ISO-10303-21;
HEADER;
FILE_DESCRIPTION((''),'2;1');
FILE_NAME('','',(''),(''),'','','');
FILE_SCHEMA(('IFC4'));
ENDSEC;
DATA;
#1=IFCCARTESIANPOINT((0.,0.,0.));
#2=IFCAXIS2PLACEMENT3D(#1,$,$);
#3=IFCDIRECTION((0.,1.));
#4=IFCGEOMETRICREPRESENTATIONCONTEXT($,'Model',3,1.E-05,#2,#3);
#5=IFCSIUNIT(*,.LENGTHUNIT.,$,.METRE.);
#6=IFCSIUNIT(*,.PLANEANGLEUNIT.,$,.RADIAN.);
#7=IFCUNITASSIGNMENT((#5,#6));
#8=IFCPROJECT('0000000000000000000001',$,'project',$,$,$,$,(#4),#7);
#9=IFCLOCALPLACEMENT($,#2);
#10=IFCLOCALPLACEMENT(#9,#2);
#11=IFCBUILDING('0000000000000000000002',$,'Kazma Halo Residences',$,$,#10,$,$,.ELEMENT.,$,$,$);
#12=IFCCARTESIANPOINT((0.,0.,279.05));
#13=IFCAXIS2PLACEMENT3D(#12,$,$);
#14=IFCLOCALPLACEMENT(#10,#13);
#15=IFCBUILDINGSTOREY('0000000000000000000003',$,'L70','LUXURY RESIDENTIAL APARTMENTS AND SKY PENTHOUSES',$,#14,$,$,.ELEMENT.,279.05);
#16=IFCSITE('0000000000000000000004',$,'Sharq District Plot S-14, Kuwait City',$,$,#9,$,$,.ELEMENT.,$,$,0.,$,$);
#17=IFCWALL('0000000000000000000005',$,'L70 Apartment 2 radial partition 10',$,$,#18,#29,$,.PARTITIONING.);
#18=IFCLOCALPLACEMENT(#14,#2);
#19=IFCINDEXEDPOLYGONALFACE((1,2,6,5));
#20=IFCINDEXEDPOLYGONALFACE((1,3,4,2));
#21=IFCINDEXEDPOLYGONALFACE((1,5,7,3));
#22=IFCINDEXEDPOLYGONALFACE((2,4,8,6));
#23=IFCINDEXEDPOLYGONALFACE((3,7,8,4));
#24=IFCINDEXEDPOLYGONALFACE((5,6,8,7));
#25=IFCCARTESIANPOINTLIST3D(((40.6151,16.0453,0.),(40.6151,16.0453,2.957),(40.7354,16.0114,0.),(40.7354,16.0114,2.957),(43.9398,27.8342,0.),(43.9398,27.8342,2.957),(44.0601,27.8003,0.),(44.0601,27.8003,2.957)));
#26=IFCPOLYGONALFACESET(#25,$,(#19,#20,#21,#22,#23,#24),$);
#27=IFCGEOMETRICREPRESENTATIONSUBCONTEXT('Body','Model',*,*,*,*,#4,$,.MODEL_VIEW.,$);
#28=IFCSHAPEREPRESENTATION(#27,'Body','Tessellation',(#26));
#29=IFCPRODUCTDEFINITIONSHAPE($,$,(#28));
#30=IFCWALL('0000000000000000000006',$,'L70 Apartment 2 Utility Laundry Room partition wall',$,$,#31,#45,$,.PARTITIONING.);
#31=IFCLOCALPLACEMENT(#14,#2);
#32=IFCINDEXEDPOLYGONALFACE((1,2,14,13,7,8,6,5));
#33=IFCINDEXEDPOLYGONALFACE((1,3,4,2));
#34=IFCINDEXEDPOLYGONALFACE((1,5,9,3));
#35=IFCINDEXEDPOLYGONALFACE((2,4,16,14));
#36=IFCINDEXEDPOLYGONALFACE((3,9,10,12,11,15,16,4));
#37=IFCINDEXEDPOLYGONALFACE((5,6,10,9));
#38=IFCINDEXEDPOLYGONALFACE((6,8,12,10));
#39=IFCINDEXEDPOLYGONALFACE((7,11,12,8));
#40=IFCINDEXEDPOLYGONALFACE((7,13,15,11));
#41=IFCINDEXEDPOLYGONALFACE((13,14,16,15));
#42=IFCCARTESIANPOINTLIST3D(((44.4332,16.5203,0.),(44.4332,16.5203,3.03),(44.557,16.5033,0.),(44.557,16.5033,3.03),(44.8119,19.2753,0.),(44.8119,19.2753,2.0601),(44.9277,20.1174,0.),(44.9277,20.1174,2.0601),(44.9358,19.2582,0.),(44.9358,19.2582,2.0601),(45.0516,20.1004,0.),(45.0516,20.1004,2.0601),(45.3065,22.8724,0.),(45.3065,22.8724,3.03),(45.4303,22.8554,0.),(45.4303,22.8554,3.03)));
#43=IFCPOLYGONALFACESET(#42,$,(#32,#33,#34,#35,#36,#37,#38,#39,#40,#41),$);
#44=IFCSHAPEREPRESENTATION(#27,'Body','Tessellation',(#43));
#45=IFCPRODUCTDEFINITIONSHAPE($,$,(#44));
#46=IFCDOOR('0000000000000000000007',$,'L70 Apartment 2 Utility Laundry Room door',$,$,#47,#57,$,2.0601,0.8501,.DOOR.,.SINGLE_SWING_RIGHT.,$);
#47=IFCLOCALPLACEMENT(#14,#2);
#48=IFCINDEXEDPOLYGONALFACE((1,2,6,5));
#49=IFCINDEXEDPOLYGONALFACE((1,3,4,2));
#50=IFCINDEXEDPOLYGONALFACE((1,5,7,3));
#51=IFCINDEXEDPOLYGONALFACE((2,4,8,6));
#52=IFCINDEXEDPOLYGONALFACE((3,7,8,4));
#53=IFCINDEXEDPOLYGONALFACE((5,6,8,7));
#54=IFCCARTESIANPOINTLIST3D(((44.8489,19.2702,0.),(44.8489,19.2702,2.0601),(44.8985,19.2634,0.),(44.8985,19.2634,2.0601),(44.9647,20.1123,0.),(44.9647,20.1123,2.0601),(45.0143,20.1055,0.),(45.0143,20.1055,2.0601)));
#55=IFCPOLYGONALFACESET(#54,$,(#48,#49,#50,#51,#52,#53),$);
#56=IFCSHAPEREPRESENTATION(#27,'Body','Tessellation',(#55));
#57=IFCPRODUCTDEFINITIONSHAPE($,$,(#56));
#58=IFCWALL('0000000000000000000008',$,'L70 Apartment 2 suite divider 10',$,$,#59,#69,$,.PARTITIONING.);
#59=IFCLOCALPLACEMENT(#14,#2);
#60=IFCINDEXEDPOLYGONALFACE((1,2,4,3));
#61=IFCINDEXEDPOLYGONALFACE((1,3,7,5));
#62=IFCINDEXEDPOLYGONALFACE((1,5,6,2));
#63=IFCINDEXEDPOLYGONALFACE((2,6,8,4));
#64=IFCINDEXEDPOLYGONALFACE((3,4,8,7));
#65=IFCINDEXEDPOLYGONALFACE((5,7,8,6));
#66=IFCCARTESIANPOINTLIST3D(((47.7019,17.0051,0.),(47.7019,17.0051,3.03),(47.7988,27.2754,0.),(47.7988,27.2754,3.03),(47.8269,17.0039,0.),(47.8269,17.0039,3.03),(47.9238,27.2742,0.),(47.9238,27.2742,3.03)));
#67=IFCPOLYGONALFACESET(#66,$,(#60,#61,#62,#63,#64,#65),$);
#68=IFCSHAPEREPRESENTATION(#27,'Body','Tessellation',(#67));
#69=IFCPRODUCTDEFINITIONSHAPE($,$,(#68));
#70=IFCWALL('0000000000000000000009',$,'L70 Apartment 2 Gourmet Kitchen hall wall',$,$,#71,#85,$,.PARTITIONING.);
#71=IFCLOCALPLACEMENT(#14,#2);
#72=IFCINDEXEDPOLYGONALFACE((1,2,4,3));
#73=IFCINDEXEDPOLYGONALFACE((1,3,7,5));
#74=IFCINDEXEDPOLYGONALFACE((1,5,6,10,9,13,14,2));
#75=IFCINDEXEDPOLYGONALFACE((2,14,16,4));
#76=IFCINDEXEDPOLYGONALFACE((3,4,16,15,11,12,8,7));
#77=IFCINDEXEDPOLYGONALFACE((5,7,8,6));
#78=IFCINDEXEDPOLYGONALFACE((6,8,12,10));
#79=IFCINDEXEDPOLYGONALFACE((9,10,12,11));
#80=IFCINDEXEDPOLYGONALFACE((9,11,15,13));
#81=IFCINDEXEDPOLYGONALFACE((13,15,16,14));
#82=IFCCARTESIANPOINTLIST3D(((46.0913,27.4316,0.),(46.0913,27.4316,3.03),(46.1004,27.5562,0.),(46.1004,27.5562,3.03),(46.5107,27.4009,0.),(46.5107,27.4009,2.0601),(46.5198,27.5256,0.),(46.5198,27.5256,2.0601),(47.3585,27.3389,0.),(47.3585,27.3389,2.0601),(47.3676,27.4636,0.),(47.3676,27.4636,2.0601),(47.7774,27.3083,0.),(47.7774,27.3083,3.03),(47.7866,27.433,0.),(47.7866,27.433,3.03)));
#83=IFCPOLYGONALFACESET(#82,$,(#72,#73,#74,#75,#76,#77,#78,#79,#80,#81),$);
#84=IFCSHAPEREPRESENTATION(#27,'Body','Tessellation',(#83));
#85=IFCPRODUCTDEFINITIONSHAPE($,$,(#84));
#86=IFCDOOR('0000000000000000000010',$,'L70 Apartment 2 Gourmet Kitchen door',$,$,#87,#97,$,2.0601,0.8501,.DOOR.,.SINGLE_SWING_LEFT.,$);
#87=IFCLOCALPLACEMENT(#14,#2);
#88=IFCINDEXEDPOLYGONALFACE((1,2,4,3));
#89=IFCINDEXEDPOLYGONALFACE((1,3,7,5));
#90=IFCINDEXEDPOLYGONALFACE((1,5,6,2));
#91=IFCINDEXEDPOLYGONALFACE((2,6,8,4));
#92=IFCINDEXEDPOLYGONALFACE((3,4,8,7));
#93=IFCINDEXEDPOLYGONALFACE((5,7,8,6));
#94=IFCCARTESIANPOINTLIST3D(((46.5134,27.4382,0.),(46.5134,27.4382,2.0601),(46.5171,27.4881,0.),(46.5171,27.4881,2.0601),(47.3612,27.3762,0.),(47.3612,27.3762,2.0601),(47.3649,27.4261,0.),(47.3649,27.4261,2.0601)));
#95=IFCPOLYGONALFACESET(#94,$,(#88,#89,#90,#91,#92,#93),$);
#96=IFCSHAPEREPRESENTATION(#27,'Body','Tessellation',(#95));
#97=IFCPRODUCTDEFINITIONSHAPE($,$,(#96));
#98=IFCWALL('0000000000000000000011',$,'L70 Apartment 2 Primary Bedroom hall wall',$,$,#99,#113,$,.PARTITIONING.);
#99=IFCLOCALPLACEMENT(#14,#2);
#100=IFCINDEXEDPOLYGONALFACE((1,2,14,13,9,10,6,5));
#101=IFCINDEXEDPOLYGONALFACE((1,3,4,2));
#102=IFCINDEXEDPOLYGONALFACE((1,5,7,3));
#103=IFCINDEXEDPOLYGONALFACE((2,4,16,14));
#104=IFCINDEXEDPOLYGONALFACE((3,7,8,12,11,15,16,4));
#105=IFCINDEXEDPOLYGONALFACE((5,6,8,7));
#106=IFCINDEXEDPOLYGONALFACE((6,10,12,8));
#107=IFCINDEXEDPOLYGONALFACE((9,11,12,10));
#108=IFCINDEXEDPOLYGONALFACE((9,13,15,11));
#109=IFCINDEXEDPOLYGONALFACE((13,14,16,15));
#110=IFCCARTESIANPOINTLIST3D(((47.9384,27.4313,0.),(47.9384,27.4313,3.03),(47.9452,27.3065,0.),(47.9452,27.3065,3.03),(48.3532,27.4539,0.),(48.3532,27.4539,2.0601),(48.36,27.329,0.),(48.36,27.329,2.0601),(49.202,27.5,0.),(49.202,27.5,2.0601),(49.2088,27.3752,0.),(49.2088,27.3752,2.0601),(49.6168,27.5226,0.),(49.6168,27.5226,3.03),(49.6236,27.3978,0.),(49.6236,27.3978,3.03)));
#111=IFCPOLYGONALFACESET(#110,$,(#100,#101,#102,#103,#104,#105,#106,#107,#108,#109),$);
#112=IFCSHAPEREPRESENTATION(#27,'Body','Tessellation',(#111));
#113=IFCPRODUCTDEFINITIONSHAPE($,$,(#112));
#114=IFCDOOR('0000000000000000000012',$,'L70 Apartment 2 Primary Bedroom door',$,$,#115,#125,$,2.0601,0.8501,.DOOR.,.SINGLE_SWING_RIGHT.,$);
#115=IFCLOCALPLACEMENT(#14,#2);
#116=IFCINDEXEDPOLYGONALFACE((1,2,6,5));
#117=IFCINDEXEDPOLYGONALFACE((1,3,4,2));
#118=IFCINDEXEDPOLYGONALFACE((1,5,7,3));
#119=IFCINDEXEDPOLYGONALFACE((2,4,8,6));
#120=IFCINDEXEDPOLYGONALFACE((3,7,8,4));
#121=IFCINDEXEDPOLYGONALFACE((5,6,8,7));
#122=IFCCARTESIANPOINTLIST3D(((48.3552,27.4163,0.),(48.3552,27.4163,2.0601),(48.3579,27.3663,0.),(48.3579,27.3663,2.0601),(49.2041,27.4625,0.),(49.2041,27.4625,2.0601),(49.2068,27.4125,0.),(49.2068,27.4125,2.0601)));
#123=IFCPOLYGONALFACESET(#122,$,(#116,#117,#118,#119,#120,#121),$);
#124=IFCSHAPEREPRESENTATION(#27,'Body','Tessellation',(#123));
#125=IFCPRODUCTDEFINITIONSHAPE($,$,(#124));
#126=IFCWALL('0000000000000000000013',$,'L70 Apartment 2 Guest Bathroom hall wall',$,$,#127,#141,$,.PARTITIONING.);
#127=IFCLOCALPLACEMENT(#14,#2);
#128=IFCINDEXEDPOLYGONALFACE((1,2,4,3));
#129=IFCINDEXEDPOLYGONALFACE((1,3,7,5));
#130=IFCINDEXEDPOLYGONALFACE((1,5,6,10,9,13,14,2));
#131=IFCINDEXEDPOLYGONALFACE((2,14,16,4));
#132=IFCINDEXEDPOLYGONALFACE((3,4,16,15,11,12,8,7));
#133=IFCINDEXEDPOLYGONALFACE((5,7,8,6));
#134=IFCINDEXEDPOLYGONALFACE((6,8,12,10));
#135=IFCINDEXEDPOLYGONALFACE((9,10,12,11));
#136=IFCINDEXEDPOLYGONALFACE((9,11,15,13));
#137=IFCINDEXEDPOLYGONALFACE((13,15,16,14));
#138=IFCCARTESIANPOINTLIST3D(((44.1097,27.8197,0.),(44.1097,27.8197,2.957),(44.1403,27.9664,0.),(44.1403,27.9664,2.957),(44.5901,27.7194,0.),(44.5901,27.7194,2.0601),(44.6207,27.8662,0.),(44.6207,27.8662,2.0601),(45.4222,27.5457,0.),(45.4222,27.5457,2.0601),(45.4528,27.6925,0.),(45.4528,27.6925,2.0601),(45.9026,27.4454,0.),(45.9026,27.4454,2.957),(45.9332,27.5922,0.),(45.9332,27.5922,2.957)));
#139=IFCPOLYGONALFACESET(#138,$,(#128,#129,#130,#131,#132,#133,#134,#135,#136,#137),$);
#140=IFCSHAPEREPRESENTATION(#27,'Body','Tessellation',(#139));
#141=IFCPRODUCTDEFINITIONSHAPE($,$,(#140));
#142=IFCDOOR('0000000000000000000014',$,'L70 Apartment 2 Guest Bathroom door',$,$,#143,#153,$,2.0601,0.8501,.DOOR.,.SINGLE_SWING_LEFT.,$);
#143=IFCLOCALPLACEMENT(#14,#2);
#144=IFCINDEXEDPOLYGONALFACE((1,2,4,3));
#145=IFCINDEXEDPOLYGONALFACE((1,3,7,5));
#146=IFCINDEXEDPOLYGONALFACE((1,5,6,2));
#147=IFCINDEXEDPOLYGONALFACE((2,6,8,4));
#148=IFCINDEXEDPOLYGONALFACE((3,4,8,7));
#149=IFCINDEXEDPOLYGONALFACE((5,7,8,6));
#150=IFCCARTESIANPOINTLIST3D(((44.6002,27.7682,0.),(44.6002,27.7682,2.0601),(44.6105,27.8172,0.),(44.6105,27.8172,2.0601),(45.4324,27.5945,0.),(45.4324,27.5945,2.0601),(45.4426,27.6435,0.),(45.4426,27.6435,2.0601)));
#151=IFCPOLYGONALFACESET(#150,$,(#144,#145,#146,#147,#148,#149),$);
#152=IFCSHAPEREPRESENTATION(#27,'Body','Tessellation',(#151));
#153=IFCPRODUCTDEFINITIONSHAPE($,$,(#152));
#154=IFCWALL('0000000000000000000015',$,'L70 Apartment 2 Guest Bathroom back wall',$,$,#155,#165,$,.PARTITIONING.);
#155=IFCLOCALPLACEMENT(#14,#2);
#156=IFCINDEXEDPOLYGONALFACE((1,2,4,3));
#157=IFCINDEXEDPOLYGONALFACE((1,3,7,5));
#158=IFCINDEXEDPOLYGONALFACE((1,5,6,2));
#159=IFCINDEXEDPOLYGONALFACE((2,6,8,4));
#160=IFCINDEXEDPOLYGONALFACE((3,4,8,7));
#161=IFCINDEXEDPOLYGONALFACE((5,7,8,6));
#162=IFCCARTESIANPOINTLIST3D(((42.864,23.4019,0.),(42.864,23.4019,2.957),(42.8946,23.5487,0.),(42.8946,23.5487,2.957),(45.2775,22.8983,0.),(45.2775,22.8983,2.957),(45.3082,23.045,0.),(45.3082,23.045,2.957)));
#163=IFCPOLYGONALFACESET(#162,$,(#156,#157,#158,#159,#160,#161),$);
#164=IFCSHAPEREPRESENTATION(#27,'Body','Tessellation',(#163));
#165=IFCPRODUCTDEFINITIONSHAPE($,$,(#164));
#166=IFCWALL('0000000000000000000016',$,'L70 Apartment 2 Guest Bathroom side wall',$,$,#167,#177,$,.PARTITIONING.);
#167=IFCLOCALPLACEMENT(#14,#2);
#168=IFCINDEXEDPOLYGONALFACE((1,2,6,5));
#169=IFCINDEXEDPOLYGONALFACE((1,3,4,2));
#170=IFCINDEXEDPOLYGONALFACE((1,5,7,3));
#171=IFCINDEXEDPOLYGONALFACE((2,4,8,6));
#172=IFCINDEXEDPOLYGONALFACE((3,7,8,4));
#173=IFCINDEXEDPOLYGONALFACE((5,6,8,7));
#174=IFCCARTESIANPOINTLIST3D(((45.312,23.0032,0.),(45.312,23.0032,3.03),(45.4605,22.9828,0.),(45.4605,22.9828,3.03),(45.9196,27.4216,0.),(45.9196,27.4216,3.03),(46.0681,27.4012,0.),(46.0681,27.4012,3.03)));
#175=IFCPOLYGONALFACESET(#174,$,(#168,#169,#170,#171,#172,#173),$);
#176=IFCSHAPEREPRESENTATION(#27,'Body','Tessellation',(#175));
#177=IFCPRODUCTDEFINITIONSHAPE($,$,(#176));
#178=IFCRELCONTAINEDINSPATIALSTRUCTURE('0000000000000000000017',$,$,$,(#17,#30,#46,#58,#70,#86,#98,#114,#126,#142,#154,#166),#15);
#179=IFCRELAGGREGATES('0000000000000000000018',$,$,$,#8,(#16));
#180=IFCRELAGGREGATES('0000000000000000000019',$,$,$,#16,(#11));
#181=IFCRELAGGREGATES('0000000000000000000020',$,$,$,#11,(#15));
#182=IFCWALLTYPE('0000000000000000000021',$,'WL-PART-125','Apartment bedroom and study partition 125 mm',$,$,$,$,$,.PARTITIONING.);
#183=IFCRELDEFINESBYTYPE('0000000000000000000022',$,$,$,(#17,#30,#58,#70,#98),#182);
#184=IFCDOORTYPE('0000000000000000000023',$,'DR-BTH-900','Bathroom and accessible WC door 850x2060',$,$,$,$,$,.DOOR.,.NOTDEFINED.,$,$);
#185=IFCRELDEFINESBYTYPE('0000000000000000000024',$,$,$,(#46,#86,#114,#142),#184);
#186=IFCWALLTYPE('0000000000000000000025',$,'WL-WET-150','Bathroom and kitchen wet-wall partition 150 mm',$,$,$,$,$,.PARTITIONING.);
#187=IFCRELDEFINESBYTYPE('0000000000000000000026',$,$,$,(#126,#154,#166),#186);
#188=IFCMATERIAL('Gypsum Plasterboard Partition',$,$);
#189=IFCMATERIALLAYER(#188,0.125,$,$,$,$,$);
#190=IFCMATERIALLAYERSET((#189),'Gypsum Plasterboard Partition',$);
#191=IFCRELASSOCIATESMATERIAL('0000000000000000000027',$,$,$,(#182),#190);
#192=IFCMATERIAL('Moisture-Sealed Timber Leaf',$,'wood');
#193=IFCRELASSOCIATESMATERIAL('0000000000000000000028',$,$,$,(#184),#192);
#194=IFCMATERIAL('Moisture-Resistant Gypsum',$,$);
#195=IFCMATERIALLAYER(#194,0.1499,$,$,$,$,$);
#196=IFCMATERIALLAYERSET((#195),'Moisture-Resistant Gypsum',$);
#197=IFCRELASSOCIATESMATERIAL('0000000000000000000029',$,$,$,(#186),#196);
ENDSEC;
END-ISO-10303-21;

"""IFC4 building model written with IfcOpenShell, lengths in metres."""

from ifc_helpers import new_model, si_unit, direction, frame, frame_2d, origin, place, context, subcontext, project, spatial, rectangle, extrude, material, layer, layer_set, type_object, element, fill, save


model = new_model("IFC4")

# Units and contexts
model_context = context("Model", 3, precision=1e-05, world=origin(), true_north=direction((0.0, 1.0)))
body_context = subcontext(model_context, "Body", "Model", "MODEL_VIEW")
ifc_project = project(units=[si_unit("LENGTHUNIT", "METRE"), si_unit("PLANEANGLEUNIT", "RADIAN")], contexts=[model_context])

# Site, building, storey
site_placement = place(None, origin())
site = spatial("IfcSite", under=ifc_project, at=site_placement, Name="Sharq District Plot S-14, Kuwait City", CompositionType="ELEMENT", RefElevation=0.0)
building_placement = place(site_placement, origin())
building = spatial("IfcBuilding", under=site, at=building_placement, Name="Kazma Halo Residences", CompositionType="ELEMENT")
storey_placement = place(building_placement, frame((0.0, 0.0, 279.05)))
storey = spatial("IfcBuildingStorey", under=building, at=storey_placement, Name="L70", Description="LUXURY RESIDENTIAL APARTMENTS AND SKY PENTHOUSES", CompositionType="ELEMENT", Elevation=279.05)

# Wall
ifc_material_1 = material(Name="Gypsum Plasterboard Partition")
ifc_layer_1 = layer(ifc_material_1, 0.125)
ifc_layer_set_1 = layer_set([ifc_layer_1], Name="Gypsum Plasterboard Partition")
wall_type_1 = type_object("IfcWallType", Name="WL-PART-125", Description="Apartment bedroom and study partition 125 mm", PredefinedType="PARTITIONING", material=ifc_layer_set_1)
wall_1_placement = place(storey_placement, frame((44.0, 27.8174, 0.0), z_axis=(0.0, 0.0, 1.0), x_axis=(-0.271434, -0.962457, 0.0)))
element("IfcWall", 1, at=wall_1_placement, inside=storey, type_object=wall_type_1, Name="L70 Apartment 2 radial partition 10", PredefinedType="PARTITIONING", context=body_context, shape_type="SweptSolid", body=[
    extrude(rectangle(XDim=12.2488, YDim=0.125, at=frame_2d((6.1245, 0.0))), origin(), (0.0, 0.0, 1.0), 2.957),
])

# Wall, opening, door
wall_2_placement = place(storey_placement, frame((45.3684, 22.864, 0.0), z_axis=(0.0, 0.0, 1.0), x_axis=(-0.136201, -0.990681, 0.0)))
wall_2 = element("IfcWall", 2, at=wall_2_placement, inside=storey, type_object=wall_type_1, Name="L70 Apartment 2 Utility Laundry Room partition wall", PredefinedType="PARTITIONING", context=body_context, shape_type="SweptSolid", body=[
    extrude(rectangle(XDim=6.4119, YDim=0.125, at=frame_2d((3.2061, 0.0))), origin(), (0.0, 0.0, 1.0), 3.03),
])
opening_1_placement = place(wall_2_placement, frame((2.781, 0.0, 0.0)))
opening_1 = element("IfcOpeningElement", 3, at=opening_1_placement, cuts=wall_2, PredefinedType="OPENING", context=body_context, shape_type="SweptSolid", body=[
    extrude(rectangle(XDim=0.8501, YDim=2.0601, at=frame_2d((0.425, 1.03))), frame((0.0, 0.0725, 0.0), z_axis=(0.0, -1.0, 0.0), x_axis=(1.0, 0.0, 0.0)), (0.0, 0.0, 1.0), 0.145),
])
ifc_material_2 = material(Name="Moisture-Sealed Timber Leaf", Category="wood")
door_type = type_object("IfcDoorType", Name="DR-BTH-900", Description="Bathroom and accessible WC door 850x2060", OperationType="NOTDEFINED", PredefinedType="DOOR", material=ifc_material_2)
door_1_placement = place(opening_1_placement, origin())
door_1 = element("IfcDoor", 4, at=door_1_placement, inside=storey, type_object=door_type, Name="L70 Apartment 2 Utility Laundry Room door", OperationType="SINGLE_SWING_RIGHT", OverallHeight=2.0601, OverallWidth=0.8501, PredefinedType="DOOR", context=body_context, shape_type="SweptSolid", body=[
    extrude(rectangle(XDim=0.8501, YDim=2.0601, at=frame_2d((0.425, 1.03))), frame((0.0, 0.0249, 0.0), z_axis=(0.0, -1.0, 0.0), x_axis=(1.0, 0.0, 0.0)), (0.0, 0.0, 1.0), 0.05),
])
fill(opening_1, door_1)

# Wall
wall_3_placement = place(storey_placement, frame((47.8613, 27.2747, 0.0), z_axis=(0.0, 0.0, 1.0), x_axis=(-0.009437, -0.999955, 0.0)))
element("IfcWall", 5, at=wall_3_placement, inside=storey, type_object=wall_type_1, Name="L70 Apartment 2 suite divider 10", PredefinedType="PARTITIONING", context=body_context, shape_type="SweptSolid", body=[
    extrude(rectangle(XDim=10.2708, YDim=0.125, at=frame_2d((5.1353, 0.0))), origin(), (0.0, 0.0, 1.0), 3.03),
])

# Walls, openings, doors
wall_4_placement = place(storey_placement, frame((46.0959, 27.4939, 0.0), z_axis=(0.0, 0.0, 1.0), x_axis=(0.997338, -0.07292, 0.0)))
wall_4 = element("IfcWall", 6, at=wall_4_placement, inside=storey, type_object=wall_type_1, Name="L70 Apartment 2 Gourmet Kitchen hall wall", PredefinedType="PARTITIONING", context=body_context, shape_type="SweptSolid", body=[
    extrude(rectangle(XDim=1.6907, YDim=0.125, at=frame_2d((0.8452, 0.0))), origin(), (0.0, 0.0, 1.0), 3.03),
])
opening_2_placement = place(wall_4_placement, frame((0.4204, 0.0, 0.0)))
opening_2 = element("IfcOpeningElement", 7, at=opening_2_placement, cuts=wall_4, PredefinedType="OPENING", context=body_context, shape_type="SweptSolid", body=[
    extrude(rectangle(XDim=0.8501, YDim=2.0601, at=frame_2d((0.425, 1.03))), frame((0.0, 0.0725, 0.0), z_axis=(0.0, -1.0, 0.0), x_axis=(1.0, 0.0, 0.0)), (0.0, 0.0, 1.0), 0.145),
])
door_2_placement = place(opening_2_placement, origin())
door_2 = element("IfcDoor", 8, at=door_2_placement, inside=storey, type_object=door_type, Name="L70 Apartment 2 Gourmet Kitchen door", OperationType="SINGLE_SWING_LEFT", OverallHeight=2.0601, OverallWidth=0.8501, PredefinedType="DOOR", context=body_context, shape_type="SweptSolid", body=[
    extrude(rectangle(XDim=0.8501, YDim=2.0601, at=frame_2d((0.425, 1.03))), frame((0.0, 0.0249, 0.0), z_axis=(0.0, -1.0, 0.0), x_axis=(1.0, 0.0, 0.0)), (0.0, 0.0, 1.0), 0.05),
])
fill(opening_2, door_2)
wall_5_placement = place(storey_placement, frame((47.9419, 27.3689, 0.0), z_axis=(0.0, 0.0, 1.0), x_axis=(0.998524, 0.05432, 0.0)))
wall_5 = element("IfcWall", 9, at=wall_5_placement, inside=storey, type_object=wall_type_1, Name="L70 Apartment 2 Primary Bedroom hall wall", PredefinedType="PARTITIONING", context=body_context, shape_type="SweptSolid", body=[
    extrude(rectangle(XDim=1.6809, YDim=0.125, at=frame_2d((0.8403, 0.0))), origin(), (0.0, 0.0, 1.0), 3.03),
])
opening_3_placement = place(wall_5_placement, frame((0.4153, 0.0, 0.0)))
opening_3 = element("IfcOpeningElement", 10, at=opening_3_placement, cuts=wall_5, PredefinedType="OPENING", context=body_context, shape_type="SweptSolid", body=[
    extrude(rectangle(XDim=0.8501, YDim=2.0601, at=frame_2d((0.425, 1.03))), frame((0.0, 0.0725, 0.0), z_axis=(0.0, -1.0, 0.0), x_axis=(1.0, 0.0, 0.0)), (0.0, 0.0, 1.0), 0.145),
])
door_3_placement = place(opening_3_placement, origin())
door_3 = element("IfcDoor", 11, at=door_3_placement, inside=storey, type_object=door_type, Name="L70 Apartment 2 Primary Bedroom door", OperationType="SINGLE_SWING_RIGHT", OverallHeight=2.0601, OverallWidth=0.8501, PredefinedType="DOOR", context=body_context, shape_type="SweptSolid", body=[
    extrude(rectangle(XDim=0.8501, YDim=2.0601, at=frame_2d((0.425, 1.03))), frame((0.0, 0.0249, 0.0), z_axis=(0.0, -1.0, 0.0), x_axis=(1.0, 0.0, 0.0)), (0.0, 0.0, 1.0), 0.05),
])
fill(opening_3, door_3)
ifc_material_3 = material(Name="Moisture-Resistant Gypsum")
ifc_layer_2 = layer(ifc_material_3, 0.1499)
ifc_layer_set_2 = layer_set([ifc_layer_2], Name="Moisture-Resistant Gypsum")
wall_type_2 = type_object("IfcWallType", Name="WL-WET-150", Description="Bathroom and kitchen wet-wall partition 150 mm", PredefinedType="PARTITIONING", material=ifc_layer_set_2)
wall_6_placement = place(storey_placement, frame((44.125, 27.8931, 0.0), z_axis=(0.0, 0.0, 1.0), x_axis=(0.978901, -0.204337, 0.0)))
wall_6 = element("IfcWall", 12, at=wall_6_placement, inside=storey, type_object=wall_type_2, Name="L70 Apartment 2 Guest Bathroom hall wall", PredefinedType="PARTITIONING", context=body_context, shape_type="SweptSolid", body=[
    extrude(rectangle(XDim=1.8315, YDim=0.1499, at=frame_2d((0.9158, 0.0))), origin(), (0.0, 0.0, 1.0), 2.957),
])
opening_4_placement = place(wall_6_placement, frame((0.4907, 0.0, 0.0)))
opening_4 = element("IfcOpeningElement", 13, at=opening_4_placement, cuts=wall_6, PredefinedType="OPENING", context=body_context, shape_type="SweptSolid", body=[
    extrude(rectangle(XDim=0.8501, YDim=2.0601, at=frame_2d((0.425, 1.03))), frame((0.0, 0.085, 0.0), z_axis=(0.0, -1.0, 0.0), x_axis=(1.0, 0.0, 0.0)), (0.0, 0.0, 1.0), 0.1699),
])
door_4_placement = place(opening_4_placement, origin())
door_4 = element("IfcDoor", 14, at=door_4_placement, inside=storey, type_object=door_type, Name="L70 Apartment 2 Guest Bathroom door", OperationType="SINGLE_SWING_LEFT", OverallHeight=2.0601, OverallWidth=0.8501, PredefinedType="DOOR", context=body_context, shape_type="SweptSolid", body=[
    extrude(rectangle(XDim=0.8501, YDim=2.0601, at=frame_2d((0.425, 1.03))), frame((0.0, 0.0249, 0.0), z_axis=(0.0, -1.0, 0.0), x_axis=(1.0, 0.0, 0.0)), (0.0, 0.0, 1.0), 0.05),
])
fill(opening_4, door_4)

# Walls
wall_7_placement = place(storey_placement, frame((42.8792, 23.4753, 0.0), z_axis=(0.0, 0.0, 1.0), x_axis=(0.978913, -0.204278, 0.0)))
element("IfcWall", 15, at=wall_7_placement, inside=storey, type_object=wall_type_2, Name="L70 Apartment 2 Guest Bathroom back wall", PredefinedType="PARTITIONING", context=body_context, shape_type="SweptSolid", body=[
    extrude(rectangle(XDim=2.4656, YDim=0.1499, at=frame_2d((1.2329, 0.0))), origin(), (0.0, 0.0, 1.0), 2.957),
])
wall_8_placement = place(storey_placement, frame((45.9939, 27.4114, 0.0), z_axis=(0.0, 0.0, 1.0), x_axis=(-0.136247, -0.990675, 0.0)))
element("IfcWall", 16, at=wall_8_placement, inside=storey, type_object=wall_type_2, Name="L70 Apartment 2 Guest Bathroom side wall", PredefinedType="PARTITIONING", context=body_context, shape_type="SweptSolid", body=[
    extrude(rectangle(XDim=4.46, YDim=0.1499, at=frame_2d((2.23, 0.0))), origin(), (0.0, 0.0, 1.0), 3.03),
])

save(model, "model.ifc")
